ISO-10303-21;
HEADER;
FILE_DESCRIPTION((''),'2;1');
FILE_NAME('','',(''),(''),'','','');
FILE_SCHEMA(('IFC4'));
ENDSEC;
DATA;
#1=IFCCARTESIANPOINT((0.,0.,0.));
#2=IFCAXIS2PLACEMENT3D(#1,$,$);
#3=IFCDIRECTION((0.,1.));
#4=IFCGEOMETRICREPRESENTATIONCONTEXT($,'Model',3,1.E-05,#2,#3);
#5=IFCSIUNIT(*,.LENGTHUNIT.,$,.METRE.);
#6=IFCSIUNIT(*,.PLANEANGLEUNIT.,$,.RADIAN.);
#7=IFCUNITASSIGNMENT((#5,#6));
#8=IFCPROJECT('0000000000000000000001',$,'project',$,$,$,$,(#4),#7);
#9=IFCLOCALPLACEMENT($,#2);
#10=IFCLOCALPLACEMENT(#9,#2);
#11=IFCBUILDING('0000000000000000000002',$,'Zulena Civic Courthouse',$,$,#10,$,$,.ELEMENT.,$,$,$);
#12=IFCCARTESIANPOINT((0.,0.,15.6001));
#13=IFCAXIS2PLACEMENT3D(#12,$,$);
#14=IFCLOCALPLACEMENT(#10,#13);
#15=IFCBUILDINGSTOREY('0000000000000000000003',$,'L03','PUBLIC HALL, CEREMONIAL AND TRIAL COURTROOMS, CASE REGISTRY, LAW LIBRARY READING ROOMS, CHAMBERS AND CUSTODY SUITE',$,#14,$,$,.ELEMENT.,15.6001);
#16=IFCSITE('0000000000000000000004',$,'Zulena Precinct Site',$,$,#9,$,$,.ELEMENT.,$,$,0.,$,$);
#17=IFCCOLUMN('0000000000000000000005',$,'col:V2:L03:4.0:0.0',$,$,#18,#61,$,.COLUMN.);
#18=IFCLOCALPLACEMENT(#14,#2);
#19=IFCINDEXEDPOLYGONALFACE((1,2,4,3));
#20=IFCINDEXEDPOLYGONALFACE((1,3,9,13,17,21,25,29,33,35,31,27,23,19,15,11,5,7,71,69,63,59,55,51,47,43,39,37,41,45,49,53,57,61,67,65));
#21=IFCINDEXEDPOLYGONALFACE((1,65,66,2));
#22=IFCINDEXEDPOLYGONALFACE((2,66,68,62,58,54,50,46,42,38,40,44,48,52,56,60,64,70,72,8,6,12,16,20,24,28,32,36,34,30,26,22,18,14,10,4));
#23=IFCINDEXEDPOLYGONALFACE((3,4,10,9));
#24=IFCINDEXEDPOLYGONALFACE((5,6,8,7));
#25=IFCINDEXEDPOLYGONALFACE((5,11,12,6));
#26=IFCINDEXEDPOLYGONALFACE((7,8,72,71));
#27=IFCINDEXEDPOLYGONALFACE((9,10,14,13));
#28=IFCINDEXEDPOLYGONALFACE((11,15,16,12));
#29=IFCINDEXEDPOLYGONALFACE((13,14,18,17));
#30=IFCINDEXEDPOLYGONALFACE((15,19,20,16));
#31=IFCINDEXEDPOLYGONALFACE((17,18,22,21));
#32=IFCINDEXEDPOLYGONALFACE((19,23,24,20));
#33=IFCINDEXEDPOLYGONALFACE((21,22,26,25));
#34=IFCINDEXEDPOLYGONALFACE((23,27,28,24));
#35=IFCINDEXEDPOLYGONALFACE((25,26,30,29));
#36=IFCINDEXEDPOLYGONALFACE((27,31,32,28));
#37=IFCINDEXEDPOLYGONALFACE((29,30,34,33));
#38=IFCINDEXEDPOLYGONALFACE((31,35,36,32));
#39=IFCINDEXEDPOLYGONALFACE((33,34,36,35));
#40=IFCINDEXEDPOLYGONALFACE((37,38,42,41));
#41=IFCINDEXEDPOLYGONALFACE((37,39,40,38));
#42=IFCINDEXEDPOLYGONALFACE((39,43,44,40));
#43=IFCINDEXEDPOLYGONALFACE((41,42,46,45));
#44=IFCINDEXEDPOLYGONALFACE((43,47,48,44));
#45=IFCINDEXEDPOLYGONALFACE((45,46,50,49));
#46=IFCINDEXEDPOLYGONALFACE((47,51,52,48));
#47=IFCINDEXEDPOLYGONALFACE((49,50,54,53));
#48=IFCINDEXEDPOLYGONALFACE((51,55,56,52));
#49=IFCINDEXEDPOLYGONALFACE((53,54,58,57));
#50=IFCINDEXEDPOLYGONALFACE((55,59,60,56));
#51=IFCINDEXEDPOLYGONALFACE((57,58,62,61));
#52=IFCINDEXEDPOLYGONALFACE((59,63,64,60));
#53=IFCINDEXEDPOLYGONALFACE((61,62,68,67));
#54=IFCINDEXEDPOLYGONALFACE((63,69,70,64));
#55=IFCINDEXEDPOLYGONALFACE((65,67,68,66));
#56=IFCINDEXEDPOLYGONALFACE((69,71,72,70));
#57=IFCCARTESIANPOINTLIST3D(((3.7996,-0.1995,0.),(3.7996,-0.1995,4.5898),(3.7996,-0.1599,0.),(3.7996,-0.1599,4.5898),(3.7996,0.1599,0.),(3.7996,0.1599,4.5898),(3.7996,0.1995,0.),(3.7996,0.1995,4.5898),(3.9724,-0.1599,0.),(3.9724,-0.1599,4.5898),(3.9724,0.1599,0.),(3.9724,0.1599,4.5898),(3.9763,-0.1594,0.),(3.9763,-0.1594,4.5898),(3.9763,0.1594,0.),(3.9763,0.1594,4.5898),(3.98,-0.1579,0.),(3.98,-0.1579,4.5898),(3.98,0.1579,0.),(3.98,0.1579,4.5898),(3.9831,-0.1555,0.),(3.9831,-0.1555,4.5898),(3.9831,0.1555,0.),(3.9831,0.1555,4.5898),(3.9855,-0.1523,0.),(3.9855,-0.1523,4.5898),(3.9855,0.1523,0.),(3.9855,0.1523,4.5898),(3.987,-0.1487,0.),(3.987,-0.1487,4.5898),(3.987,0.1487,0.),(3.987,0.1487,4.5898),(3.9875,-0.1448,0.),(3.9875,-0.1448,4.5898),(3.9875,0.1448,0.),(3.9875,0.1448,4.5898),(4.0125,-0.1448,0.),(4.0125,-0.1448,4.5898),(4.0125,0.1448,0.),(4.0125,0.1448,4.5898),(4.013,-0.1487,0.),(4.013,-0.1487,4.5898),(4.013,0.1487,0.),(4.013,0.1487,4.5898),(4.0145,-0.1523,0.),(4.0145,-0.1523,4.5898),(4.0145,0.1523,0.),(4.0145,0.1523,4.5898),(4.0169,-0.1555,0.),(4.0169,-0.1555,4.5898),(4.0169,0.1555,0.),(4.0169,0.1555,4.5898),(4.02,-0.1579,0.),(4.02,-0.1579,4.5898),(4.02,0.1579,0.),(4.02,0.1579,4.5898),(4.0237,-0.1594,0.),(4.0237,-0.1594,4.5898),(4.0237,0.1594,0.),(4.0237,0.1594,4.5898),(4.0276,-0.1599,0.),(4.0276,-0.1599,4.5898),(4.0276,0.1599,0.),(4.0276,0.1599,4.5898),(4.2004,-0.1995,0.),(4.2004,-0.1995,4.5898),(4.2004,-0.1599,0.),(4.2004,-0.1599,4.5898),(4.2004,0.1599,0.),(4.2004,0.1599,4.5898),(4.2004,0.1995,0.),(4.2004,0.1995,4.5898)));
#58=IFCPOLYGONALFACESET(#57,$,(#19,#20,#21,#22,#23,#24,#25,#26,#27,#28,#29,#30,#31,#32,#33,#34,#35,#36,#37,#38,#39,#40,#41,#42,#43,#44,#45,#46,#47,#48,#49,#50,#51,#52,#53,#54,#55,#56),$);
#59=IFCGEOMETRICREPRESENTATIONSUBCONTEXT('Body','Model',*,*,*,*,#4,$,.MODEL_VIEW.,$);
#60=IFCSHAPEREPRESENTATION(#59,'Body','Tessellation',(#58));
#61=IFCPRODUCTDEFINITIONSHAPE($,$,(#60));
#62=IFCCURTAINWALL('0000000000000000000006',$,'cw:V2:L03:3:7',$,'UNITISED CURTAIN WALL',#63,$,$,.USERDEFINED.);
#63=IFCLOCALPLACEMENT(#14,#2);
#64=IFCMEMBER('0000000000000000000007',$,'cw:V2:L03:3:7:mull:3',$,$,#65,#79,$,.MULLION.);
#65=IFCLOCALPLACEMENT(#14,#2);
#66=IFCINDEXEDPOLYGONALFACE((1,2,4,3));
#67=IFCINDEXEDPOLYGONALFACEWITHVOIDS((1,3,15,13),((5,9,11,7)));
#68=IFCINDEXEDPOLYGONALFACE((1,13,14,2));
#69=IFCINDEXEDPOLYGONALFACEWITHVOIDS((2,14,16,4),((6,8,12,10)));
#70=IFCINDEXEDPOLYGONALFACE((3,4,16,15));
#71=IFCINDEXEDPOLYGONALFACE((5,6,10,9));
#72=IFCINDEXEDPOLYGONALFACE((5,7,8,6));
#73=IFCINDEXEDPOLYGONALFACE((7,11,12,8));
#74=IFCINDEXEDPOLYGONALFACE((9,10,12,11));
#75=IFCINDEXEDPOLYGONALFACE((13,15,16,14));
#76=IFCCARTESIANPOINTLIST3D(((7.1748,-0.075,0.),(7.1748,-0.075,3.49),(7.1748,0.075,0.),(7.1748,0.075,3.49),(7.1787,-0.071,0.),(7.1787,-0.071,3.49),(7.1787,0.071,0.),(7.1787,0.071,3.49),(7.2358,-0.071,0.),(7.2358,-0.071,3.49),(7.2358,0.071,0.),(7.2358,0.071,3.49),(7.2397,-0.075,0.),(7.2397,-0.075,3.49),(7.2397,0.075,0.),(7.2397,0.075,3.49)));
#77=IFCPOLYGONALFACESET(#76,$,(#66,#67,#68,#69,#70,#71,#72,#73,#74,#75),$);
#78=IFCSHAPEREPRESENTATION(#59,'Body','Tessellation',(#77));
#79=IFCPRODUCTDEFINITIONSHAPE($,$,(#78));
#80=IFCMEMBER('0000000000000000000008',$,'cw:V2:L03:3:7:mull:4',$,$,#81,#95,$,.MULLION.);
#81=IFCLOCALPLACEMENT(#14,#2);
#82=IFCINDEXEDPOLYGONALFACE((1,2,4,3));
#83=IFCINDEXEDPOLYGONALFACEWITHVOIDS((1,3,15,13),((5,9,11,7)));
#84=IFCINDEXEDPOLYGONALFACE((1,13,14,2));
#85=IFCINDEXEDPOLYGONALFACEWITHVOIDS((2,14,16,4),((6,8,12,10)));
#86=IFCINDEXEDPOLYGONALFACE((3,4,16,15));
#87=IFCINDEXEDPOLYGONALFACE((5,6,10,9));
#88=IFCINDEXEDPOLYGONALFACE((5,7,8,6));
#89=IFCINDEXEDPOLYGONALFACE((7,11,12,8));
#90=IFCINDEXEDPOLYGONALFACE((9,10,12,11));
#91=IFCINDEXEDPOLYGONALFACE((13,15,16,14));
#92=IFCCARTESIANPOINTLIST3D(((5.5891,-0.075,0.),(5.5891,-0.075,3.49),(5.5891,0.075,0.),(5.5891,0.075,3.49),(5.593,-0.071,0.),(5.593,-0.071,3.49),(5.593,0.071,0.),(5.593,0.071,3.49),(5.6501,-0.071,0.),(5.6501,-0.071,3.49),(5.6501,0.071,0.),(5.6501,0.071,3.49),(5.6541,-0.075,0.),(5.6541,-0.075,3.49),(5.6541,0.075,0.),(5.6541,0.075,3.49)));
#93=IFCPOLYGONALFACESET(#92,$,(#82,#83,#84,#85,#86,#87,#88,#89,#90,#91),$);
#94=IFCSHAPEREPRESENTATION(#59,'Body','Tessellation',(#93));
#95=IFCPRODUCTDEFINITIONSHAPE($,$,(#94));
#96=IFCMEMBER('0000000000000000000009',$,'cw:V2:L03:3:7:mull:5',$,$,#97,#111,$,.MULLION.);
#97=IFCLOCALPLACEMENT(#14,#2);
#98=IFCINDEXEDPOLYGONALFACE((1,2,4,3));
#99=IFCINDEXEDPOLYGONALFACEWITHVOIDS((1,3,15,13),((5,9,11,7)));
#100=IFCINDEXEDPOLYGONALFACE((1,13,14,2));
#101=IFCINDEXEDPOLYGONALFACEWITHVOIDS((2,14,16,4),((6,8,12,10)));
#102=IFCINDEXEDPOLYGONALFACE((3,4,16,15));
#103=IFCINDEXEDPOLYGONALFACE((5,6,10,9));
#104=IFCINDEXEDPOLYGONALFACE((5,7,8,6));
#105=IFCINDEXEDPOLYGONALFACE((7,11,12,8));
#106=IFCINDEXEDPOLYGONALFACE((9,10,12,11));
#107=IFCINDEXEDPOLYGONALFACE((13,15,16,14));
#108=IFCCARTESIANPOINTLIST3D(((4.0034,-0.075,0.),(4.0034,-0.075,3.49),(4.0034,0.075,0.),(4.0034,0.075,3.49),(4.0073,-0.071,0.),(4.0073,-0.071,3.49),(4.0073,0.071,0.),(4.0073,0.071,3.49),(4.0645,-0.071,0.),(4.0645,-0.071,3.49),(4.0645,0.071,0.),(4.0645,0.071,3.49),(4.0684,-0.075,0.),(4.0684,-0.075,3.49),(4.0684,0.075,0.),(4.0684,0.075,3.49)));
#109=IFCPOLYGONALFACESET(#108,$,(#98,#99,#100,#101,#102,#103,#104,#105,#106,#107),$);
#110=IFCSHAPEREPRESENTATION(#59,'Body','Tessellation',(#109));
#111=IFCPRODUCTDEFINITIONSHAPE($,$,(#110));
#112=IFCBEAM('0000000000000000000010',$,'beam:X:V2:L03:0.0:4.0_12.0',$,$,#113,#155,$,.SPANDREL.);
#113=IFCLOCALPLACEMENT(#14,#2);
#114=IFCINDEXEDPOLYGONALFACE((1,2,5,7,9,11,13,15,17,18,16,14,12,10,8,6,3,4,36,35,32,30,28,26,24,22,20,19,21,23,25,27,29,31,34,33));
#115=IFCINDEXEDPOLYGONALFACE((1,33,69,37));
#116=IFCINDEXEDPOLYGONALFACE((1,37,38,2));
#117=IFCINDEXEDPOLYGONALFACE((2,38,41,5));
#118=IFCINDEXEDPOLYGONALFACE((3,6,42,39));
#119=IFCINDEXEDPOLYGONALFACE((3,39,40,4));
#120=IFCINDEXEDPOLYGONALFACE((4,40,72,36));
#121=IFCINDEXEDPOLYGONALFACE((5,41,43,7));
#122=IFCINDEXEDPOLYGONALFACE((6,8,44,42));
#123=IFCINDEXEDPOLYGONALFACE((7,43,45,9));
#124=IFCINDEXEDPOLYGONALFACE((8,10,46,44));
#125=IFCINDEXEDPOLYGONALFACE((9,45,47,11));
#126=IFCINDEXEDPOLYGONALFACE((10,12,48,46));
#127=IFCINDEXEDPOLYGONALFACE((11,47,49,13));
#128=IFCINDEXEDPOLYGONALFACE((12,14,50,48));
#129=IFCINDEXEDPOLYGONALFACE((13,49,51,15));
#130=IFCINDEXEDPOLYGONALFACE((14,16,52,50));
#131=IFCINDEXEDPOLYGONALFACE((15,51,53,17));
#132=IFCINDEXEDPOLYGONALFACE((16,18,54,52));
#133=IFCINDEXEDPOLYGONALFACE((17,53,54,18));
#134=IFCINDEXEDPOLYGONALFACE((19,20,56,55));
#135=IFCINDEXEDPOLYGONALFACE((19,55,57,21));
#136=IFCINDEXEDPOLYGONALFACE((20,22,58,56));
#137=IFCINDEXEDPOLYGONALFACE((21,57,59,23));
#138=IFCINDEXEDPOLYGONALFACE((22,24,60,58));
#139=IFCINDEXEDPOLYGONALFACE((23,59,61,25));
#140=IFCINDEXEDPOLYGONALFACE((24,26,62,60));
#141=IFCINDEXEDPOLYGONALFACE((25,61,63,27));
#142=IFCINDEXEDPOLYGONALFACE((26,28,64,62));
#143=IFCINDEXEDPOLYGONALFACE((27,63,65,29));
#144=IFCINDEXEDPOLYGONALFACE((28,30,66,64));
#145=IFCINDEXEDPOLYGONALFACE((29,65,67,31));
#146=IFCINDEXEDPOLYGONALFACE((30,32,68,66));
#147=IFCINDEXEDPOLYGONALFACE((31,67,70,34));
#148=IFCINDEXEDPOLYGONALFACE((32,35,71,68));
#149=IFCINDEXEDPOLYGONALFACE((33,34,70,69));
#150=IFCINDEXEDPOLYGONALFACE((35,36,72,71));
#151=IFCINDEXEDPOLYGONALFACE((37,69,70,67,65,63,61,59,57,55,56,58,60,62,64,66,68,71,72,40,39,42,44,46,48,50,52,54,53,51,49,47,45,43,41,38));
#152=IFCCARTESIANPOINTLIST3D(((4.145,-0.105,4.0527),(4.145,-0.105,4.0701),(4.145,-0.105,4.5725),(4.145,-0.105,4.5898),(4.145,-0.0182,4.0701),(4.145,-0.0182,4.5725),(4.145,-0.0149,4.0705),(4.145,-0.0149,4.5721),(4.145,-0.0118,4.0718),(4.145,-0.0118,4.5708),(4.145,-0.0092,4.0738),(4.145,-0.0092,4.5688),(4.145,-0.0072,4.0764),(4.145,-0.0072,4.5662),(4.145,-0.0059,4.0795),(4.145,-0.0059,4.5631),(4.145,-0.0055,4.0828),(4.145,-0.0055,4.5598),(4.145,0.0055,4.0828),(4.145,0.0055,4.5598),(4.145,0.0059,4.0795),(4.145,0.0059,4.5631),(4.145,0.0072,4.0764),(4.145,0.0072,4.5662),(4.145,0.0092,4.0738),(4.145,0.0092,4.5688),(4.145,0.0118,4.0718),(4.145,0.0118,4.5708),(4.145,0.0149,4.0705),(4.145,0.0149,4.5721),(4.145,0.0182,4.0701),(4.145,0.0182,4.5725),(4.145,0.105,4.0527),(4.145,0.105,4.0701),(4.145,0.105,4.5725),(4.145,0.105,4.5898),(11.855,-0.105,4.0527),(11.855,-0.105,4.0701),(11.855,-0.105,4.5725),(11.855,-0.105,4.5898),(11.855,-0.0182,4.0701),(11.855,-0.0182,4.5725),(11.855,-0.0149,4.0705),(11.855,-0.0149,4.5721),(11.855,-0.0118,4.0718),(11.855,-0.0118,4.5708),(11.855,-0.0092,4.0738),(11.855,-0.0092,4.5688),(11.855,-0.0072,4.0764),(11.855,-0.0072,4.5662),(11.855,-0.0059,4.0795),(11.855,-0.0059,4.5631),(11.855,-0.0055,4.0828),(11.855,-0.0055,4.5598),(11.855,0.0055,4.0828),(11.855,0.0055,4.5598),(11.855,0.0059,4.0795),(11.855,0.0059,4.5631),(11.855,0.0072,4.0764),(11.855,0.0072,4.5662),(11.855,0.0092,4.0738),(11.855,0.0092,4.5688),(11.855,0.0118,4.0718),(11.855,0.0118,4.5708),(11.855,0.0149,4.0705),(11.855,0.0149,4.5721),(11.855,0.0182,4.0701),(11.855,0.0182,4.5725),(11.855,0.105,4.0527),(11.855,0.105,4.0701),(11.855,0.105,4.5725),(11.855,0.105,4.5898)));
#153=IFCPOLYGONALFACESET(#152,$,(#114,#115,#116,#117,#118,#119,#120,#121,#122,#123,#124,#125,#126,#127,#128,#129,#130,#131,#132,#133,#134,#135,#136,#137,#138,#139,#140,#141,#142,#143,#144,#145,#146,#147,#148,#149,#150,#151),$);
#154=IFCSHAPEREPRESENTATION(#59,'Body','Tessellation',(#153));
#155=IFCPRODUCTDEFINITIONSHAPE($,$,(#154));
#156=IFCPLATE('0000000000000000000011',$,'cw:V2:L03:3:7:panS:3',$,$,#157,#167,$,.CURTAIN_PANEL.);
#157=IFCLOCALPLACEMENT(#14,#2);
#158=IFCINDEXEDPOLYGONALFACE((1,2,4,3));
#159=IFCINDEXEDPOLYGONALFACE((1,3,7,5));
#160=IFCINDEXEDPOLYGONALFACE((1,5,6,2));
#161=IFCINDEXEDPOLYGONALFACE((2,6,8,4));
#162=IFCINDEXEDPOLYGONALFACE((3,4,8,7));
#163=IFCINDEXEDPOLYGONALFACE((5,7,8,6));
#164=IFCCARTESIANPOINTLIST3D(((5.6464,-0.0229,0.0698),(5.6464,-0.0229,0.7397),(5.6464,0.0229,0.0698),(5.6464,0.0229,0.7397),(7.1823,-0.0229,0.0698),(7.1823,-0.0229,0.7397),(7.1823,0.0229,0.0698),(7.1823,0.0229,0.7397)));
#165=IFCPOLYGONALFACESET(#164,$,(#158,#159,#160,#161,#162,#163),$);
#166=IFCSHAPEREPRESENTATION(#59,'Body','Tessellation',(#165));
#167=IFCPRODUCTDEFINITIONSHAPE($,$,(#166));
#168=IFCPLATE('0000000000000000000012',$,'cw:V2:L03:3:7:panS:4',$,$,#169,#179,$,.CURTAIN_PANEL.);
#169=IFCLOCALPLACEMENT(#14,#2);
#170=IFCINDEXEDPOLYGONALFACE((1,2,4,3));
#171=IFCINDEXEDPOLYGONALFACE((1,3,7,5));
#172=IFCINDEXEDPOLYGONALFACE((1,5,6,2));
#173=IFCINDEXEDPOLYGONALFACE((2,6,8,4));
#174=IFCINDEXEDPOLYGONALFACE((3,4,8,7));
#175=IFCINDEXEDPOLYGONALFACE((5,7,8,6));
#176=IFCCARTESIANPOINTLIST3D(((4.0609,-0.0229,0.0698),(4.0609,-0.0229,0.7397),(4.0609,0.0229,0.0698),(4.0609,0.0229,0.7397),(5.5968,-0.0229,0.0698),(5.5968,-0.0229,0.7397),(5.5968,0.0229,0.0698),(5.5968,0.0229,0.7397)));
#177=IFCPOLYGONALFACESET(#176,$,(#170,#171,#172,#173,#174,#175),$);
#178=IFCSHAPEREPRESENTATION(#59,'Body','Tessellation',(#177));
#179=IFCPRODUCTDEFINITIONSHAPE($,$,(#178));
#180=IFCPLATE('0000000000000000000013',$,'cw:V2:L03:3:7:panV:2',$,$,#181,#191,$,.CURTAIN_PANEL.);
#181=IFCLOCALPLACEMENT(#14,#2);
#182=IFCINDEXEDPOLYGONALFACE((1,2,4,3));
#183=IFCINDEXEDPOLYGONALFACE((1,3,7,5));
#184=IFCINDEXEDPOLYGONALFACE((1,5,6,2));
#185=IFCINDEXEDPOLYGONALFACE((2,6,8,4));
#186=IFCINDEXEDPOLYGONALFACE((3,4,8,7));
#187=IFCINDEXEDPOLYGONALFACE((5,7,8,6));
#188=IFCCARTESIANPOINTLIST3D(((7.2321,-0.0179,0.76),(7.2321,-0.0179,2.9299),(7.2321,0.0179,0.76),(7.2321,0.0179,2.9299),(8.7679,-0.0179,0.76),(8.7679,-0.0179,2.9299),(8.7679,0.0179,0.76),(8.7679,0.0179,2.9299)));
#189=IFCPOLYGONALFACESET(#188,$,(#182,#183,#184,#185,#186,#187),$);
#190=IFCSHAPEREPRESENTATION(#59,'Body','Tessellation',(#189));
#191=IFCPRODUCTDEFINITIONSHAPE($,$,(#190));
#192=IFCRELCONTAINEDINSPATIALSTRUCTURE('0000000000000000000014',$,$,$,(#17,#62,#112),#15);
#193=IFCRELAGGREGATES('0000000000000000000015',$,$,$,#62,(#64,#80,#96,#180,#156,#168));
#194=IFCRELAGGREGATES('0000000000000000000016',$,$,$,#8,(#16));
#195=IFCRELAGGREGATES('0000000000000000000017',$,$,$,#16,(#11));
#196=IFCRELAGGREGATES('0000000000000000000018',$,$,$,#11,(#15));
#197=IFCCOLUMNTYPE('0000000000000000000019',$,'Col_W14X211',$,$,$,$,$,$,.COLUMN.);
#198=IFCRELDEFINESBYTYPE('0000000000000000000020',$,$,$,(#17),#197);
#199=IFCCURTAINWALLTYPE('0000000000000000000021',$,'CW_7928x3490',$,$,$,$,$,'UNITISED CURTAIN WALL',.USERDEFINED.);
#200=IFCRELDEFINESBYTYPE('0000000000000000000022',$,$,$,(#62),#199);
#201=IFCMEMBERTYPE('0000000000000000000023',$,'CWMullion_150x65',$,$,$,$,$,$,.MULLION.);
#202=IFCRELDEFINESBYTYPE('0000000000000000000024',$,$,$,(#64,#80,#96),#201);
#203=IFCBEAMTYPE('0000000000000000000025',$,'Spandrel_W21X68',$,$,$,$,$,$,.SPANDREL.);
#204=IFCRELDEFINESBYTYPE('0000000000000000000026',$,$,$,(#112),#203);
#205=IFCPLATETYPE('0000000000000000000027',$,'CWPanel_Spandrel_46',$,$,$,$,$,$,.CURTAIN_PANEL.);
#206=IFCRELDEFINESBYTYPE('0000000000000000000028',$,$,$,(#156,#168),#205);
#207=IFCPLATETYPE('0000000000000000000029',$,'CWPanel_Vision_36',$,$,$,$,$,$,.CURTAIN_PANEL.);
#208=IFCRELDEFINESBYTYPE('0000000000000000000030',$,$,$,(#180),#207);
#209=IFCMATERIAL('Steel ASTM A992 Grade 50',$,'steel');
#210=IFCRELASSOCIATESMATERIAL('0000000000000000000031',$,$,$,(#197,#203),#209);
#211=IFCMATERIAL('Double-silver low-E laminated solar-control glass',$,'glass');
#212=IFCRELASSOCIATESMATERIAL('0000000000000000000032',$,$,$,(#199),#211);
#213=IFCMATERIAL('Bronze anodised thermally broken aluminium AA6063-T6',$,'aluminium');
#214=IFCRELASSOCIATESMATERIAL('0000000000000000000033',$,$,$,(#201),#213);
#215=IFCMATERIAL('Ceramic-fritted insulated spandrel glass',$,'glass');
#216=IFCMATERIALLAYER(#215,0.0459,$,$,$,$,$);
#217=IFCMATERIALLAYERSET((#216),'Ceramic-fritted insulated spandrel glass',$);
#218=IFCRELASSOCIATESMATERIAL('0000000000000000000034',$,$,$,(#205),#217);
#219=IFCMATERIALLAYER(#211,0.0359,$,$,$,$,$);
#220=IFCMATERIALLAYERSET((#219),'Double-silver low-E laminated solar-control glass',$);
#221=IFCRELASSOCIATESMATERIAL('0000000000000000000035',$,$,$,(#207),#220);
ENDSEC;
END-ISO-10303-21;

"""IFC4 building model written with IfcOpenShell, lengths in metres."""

from ifc_helpers import new_model, si_unit, direction, frame, origin, origin_2d, place, context, subcontext, project, spatial, rectangle, hollow_rectangle, i_section, extrude, material, layer, layer_set, material_profile, profile_set, type_object, element, aggregate, save


model = new_model("IFC4")

# Units and contexts
model_context = context("Model", 3, precision=1e-05, world=origin(), true_north=direction((0.0, 1.0)))
body_context = subcontext(model_context, "Body", "Model", "MODEL_VIEW")
ifc_project = project(units=[si_unit("LENGTHUNIT", "METRE"), si_unit("PLANEANGLEUNIT", "RADIAN")], contexts=[model_context])

# Site, building, storey
site_placement = place(None, origin())
site = spatial("IfcSite", under=ifc_project, at=site_placement, Name="Zulena Precinct Site", CompositionType="ELEMENT", RefElevation=0.0)
building_placement = place(site_placement, origin())
building = spatial("IfcBuilding", under=site, at=building_placement, Name="Zulena Civic Courthouse", CompositionType="ELEMENT")
storey_placement = place(building_placement, frame((0.0, 0.0, 15.6001)))
storey = spatial("IfcBuildingStorey", under=building, at=storey_placement, Name="L03", Description="PUBLIC HALL, CEREMONIAL AND TRIAL COURTROOMS, CASE REGISTRY, LAW LIBRARY READING ROOMS, CHAMBERS AND CUSTODY SUITE", CompositionType="ELEMENT", Elevation=15.6001)

# Column
ifc_material_1 = material(Name="Steel ASTM A992 Grade 50", Category="steel")
ifc_material_profile_1 = material_profile(ifc_material_1, i_section(OverallWidth=0.4009, OverallDepth=0.3989, WebThickness=0.0249, FlangeThickness=0.0396, FilletRadius=0.0151, at=origin_2d()), Name="W14X211")
ifc_profile_set_1 = profile_set([ifc_material_profile_1], Name="Steel ASTM A992 Grade 50")
column_type = type_object("IfcColumnType", Name="Col_W14X211", PredefinedType="COLUMN", material=ifc_profile_set_1)
column_placement = place(storey_placement, frame((4.0, 0.0, 0.0), z_axis=(0.0, 0.0, 1.0), x_axis=(1.0, 0.0, 0.0)))
element("IfcColumn", 1, at=column_placement, inside=storey, type_object=column_type, Name="col:V2:L03:4.0:0.0", PredefinedType="COLUMN", context=body_context, shape_type="SweptSolid", body=[
    extrude(i_section(OverallWidth=0.4009, OverallDepth=0.3989, WebThickness=0.0249, FlangeThickness=0.0396, FilletRadius=0.0151, at=origin_2d()), origin(), (0.0, 0.0, 1.0), 4.5898),
])

# Curtain wall, members
ifc_material_2 = material(Name="Double-silver low-E laminated solar-control glass", Category="glass")
curtain_wall_type = type_object("IfcCurtainWallType", Name="CW_7928x3490", ElementType="UNITISED CURTAIN WALL", PredefinedType="USERDEFINED", material=ifc_material_2)
curtain_wall_placement = place(storey_placement, origin())
curtain_wall = element("IfcCurtainWall", 2, at=curtain_wall_placement, inside=storey, type_object=curtain_wall_type, Name="cw:V2:L03:3:7", ObjectType="UNITISED CURTAIN WALL", PredefinedType="USERDEFINED")
ifc_material_3 = material(Name="Bronze anodised thermally broken aluminium AA6063-T6", Category="aluminium")
ifc_material_profile_2 = material_profile(ifc_material_3, hollow_rectangle(XDim=0.0649, YDim=0.1499, WallThickness=0.0039, at=origin_2d()), Name="CWM150X65X4")
ifc_profile_set_2 = profile_set([ifc_material_profile_2], Name="Bronze anodised thermally broken aluminium AA6063-T6")
member_type = type_object("IfcMemberType", Name="CWMullion_150x65", PredefinedType="MULLION", material=ifc_profile_set_2)
member_1_placement = place(storey_placement, frame((7.2073, 0.0, 0.0), z_axis=(0.0, 0.0, 1.0), x_axis=(1.0, 0.0, 0.0)))
member_1 = element("IfcMember", 3, at=member_1_placement, type_object=member_type, Name="cw:V2:L03:3:7:mull:3", PredefinedType="MULLION", context=body_context, shape_type="SweptSolid", body=[
    extrude(hollow_rectangle(XDim=0.0649, YDim=0.1499, WallThickness=0.0039, at=origin_2d()), origin(), (0.0, 0.0, 1.0), 3.49),
])
member_2_placement = place(storey_placement, frame((5.6216, 0.0, 0.0), z_axis=(0.0, 0.0, 1.0), x_axis=(1.0, 0.0, 0.0)))
member_2 = element("IfcMember", 4, at=member_2_placement, type_object=member_type, Name="cw:V2:L03:3:7:mull:4", PredefinedType="MULLION", context=body_context, shape_type="SweptSolid", body=[
    extrude(hollow_rectangle(XDim=0.0649, YDim=0.1499, WallThickness=0.0039, at=origin_2d()), origin(), (0.0, 0.0, 1.0), 3.49),
])
member_3_placement = place(storey_placement, frame((4.0359, 0.0, 0.0), z_axis=(0.0, 0.0, 1.0), x_axis=(1.0, 0.0, 0.0)))
member_3 = element("IfcMember", 5, at=member_3_placement, type_object=member_type, Name="cw:V2:L03:3:7:mull:5", PredefinedType="MULLION", context=body_context, shape_type="SweptSolid", body=[
    extrude(hollow_rectangle(XDim=0.0649, YDim=0.1499, WallThickness=0.0039, at=origin_2d()), origin(), (0.0, 0.0, 1.0), 3.49),
])

# Beam
ifc_material_profile_3 = material_profile(ifc_material_1, i_section(OverallWidth=0.21, OverallDepth=0.5371, WebThickness=0.011, FlangeThickness=0.0173, FilletRadius=0.0127, at=origin_2d()), Name="W21X68")
ifc_profile_set_3 = profile_set([ifc_material_profile_3], Name="Steel ASTM A992 Grade 50")
beam_type = type_object("IfcBeamType", Name="Spandrel_W21X68", PredefinedType="SPANDREL", material=ifc_profile_set_3)
beam_placement = place(storey_placement, frame((4.145, 0.0, 4.3213), z_axis=(1.0, 0.0, 0.0), x_axis=(0.0, 1.0, 0.0)))
element("IfcBeam", 6, at=beam_placement, inside=storey, type_object=beam_type, Name="beam:X:V2:L03:0.0:4.0_12.0", PredefinedType="SPANDREL", context=body_context, shape_type="SweptSolid", body=[
    extrude(i_section(OverallWidth=0.21, OverallDepth=0.5371, WebThickness=0.011, FlangeThickness=0.0173, FilletRadius=0.0127, at=origin_2d()), origin(), (0.0, 0.0, 1.0), 7.71),
])

# Plates
ifc_material_4 = material(Name="Ceramic-fritted insulated spandrel glass", Category="glass")
ifc_layer_1 = layer(ifc_material_4, 0.0459)
ifc_layer_set_1 = layer_set([ifc_layer_1], Name="Ceramic-fritted insulated spandrel glass")
plate_type_1 = type_object("IfcPlateType", Name="CWPanel_Spandrel_46", PredefinedType="CURTAIN_PANEL", material=ifc_layer_set_1)
plate_1_placement = place(storey_placement, frame((6.4143, 0.0, 0.0698), z_axis=(0.0, 0.0, 1.0), x_axis=(-1.0, 0.0, 0.0)))
plate_1 = element("IfcPlate", 7, at=plate_1_placement, type_object=plate_type_1, Name="cw:V2:L03:3:7:panS:3", PredefinedType="CURTAIN_PANEL", context=body_context, shape_type="SweptSolid", body=[
    extrude(rectangle(XDim=1.5359, YDim=0.0459, at=origin_2d()), origin(), (0.0, 0.0, 1.0), 0.6699),
])
plate_2_placement = place(storey_placement, frame((4.8289, 0.0, 0.0698), z_axis=(0.0, 0.0, 1.0), x_axis=(-1.0, 0.0, 0.0)))
plate_2 = element("IfcPlate", 8, at=plate_2_placement, type_object=plate_type_1, Name="cw:V2:L03:3:7:panS:4", PredefinedType="CURTAIN_PANEL", context=body_context, shape_type="SweptSolid", body=[
    extrude(rectangle(XDim=1.5359, YDim=0.0459, at=origin_2d()), origin(), (0.0, 0.0, 1.0), 0.6699),
])
ifc_layer_2 = layer(ifc_material_2, 0.0359)
ifc_layer_set_2 = layer_set([ifc_layer_2], Name="Double-silver low-E laminated solar-control glass")
plate_type_2 = type_object("IfcPlateType", Name="CWPanel_Vision_36", PredefinedType="CURTAIN_PANEL", material=ifc_layer_set_2)
plate_3_placement = place(storey_placement, frame((8.0, 0.0, 0.76), z_axis=(0.0, 0.0, 1.0), x_axis=(-1.0, 0.0, 0.0)))
plate_3 = element("IfcPlate", 9, at=plate_3_placement, type_object=plate_type_2, Name="cw:V2:L03:3:7:panV:2", PredefinedType="CURTAIN_PANEL", context=body_context, shape_type="SweptSolid", body=[
    extrude(rectangle(XDim=1.5359, YDim=0.0359, at=origin_2d()), origin(), (0.0, 0.0, 1.0), 2.1699),
])
aggregate(curtain_wall, [member_1, member_2, member_3, plate_3, plate_1, plate_2])

save(model, "model.ifc")
